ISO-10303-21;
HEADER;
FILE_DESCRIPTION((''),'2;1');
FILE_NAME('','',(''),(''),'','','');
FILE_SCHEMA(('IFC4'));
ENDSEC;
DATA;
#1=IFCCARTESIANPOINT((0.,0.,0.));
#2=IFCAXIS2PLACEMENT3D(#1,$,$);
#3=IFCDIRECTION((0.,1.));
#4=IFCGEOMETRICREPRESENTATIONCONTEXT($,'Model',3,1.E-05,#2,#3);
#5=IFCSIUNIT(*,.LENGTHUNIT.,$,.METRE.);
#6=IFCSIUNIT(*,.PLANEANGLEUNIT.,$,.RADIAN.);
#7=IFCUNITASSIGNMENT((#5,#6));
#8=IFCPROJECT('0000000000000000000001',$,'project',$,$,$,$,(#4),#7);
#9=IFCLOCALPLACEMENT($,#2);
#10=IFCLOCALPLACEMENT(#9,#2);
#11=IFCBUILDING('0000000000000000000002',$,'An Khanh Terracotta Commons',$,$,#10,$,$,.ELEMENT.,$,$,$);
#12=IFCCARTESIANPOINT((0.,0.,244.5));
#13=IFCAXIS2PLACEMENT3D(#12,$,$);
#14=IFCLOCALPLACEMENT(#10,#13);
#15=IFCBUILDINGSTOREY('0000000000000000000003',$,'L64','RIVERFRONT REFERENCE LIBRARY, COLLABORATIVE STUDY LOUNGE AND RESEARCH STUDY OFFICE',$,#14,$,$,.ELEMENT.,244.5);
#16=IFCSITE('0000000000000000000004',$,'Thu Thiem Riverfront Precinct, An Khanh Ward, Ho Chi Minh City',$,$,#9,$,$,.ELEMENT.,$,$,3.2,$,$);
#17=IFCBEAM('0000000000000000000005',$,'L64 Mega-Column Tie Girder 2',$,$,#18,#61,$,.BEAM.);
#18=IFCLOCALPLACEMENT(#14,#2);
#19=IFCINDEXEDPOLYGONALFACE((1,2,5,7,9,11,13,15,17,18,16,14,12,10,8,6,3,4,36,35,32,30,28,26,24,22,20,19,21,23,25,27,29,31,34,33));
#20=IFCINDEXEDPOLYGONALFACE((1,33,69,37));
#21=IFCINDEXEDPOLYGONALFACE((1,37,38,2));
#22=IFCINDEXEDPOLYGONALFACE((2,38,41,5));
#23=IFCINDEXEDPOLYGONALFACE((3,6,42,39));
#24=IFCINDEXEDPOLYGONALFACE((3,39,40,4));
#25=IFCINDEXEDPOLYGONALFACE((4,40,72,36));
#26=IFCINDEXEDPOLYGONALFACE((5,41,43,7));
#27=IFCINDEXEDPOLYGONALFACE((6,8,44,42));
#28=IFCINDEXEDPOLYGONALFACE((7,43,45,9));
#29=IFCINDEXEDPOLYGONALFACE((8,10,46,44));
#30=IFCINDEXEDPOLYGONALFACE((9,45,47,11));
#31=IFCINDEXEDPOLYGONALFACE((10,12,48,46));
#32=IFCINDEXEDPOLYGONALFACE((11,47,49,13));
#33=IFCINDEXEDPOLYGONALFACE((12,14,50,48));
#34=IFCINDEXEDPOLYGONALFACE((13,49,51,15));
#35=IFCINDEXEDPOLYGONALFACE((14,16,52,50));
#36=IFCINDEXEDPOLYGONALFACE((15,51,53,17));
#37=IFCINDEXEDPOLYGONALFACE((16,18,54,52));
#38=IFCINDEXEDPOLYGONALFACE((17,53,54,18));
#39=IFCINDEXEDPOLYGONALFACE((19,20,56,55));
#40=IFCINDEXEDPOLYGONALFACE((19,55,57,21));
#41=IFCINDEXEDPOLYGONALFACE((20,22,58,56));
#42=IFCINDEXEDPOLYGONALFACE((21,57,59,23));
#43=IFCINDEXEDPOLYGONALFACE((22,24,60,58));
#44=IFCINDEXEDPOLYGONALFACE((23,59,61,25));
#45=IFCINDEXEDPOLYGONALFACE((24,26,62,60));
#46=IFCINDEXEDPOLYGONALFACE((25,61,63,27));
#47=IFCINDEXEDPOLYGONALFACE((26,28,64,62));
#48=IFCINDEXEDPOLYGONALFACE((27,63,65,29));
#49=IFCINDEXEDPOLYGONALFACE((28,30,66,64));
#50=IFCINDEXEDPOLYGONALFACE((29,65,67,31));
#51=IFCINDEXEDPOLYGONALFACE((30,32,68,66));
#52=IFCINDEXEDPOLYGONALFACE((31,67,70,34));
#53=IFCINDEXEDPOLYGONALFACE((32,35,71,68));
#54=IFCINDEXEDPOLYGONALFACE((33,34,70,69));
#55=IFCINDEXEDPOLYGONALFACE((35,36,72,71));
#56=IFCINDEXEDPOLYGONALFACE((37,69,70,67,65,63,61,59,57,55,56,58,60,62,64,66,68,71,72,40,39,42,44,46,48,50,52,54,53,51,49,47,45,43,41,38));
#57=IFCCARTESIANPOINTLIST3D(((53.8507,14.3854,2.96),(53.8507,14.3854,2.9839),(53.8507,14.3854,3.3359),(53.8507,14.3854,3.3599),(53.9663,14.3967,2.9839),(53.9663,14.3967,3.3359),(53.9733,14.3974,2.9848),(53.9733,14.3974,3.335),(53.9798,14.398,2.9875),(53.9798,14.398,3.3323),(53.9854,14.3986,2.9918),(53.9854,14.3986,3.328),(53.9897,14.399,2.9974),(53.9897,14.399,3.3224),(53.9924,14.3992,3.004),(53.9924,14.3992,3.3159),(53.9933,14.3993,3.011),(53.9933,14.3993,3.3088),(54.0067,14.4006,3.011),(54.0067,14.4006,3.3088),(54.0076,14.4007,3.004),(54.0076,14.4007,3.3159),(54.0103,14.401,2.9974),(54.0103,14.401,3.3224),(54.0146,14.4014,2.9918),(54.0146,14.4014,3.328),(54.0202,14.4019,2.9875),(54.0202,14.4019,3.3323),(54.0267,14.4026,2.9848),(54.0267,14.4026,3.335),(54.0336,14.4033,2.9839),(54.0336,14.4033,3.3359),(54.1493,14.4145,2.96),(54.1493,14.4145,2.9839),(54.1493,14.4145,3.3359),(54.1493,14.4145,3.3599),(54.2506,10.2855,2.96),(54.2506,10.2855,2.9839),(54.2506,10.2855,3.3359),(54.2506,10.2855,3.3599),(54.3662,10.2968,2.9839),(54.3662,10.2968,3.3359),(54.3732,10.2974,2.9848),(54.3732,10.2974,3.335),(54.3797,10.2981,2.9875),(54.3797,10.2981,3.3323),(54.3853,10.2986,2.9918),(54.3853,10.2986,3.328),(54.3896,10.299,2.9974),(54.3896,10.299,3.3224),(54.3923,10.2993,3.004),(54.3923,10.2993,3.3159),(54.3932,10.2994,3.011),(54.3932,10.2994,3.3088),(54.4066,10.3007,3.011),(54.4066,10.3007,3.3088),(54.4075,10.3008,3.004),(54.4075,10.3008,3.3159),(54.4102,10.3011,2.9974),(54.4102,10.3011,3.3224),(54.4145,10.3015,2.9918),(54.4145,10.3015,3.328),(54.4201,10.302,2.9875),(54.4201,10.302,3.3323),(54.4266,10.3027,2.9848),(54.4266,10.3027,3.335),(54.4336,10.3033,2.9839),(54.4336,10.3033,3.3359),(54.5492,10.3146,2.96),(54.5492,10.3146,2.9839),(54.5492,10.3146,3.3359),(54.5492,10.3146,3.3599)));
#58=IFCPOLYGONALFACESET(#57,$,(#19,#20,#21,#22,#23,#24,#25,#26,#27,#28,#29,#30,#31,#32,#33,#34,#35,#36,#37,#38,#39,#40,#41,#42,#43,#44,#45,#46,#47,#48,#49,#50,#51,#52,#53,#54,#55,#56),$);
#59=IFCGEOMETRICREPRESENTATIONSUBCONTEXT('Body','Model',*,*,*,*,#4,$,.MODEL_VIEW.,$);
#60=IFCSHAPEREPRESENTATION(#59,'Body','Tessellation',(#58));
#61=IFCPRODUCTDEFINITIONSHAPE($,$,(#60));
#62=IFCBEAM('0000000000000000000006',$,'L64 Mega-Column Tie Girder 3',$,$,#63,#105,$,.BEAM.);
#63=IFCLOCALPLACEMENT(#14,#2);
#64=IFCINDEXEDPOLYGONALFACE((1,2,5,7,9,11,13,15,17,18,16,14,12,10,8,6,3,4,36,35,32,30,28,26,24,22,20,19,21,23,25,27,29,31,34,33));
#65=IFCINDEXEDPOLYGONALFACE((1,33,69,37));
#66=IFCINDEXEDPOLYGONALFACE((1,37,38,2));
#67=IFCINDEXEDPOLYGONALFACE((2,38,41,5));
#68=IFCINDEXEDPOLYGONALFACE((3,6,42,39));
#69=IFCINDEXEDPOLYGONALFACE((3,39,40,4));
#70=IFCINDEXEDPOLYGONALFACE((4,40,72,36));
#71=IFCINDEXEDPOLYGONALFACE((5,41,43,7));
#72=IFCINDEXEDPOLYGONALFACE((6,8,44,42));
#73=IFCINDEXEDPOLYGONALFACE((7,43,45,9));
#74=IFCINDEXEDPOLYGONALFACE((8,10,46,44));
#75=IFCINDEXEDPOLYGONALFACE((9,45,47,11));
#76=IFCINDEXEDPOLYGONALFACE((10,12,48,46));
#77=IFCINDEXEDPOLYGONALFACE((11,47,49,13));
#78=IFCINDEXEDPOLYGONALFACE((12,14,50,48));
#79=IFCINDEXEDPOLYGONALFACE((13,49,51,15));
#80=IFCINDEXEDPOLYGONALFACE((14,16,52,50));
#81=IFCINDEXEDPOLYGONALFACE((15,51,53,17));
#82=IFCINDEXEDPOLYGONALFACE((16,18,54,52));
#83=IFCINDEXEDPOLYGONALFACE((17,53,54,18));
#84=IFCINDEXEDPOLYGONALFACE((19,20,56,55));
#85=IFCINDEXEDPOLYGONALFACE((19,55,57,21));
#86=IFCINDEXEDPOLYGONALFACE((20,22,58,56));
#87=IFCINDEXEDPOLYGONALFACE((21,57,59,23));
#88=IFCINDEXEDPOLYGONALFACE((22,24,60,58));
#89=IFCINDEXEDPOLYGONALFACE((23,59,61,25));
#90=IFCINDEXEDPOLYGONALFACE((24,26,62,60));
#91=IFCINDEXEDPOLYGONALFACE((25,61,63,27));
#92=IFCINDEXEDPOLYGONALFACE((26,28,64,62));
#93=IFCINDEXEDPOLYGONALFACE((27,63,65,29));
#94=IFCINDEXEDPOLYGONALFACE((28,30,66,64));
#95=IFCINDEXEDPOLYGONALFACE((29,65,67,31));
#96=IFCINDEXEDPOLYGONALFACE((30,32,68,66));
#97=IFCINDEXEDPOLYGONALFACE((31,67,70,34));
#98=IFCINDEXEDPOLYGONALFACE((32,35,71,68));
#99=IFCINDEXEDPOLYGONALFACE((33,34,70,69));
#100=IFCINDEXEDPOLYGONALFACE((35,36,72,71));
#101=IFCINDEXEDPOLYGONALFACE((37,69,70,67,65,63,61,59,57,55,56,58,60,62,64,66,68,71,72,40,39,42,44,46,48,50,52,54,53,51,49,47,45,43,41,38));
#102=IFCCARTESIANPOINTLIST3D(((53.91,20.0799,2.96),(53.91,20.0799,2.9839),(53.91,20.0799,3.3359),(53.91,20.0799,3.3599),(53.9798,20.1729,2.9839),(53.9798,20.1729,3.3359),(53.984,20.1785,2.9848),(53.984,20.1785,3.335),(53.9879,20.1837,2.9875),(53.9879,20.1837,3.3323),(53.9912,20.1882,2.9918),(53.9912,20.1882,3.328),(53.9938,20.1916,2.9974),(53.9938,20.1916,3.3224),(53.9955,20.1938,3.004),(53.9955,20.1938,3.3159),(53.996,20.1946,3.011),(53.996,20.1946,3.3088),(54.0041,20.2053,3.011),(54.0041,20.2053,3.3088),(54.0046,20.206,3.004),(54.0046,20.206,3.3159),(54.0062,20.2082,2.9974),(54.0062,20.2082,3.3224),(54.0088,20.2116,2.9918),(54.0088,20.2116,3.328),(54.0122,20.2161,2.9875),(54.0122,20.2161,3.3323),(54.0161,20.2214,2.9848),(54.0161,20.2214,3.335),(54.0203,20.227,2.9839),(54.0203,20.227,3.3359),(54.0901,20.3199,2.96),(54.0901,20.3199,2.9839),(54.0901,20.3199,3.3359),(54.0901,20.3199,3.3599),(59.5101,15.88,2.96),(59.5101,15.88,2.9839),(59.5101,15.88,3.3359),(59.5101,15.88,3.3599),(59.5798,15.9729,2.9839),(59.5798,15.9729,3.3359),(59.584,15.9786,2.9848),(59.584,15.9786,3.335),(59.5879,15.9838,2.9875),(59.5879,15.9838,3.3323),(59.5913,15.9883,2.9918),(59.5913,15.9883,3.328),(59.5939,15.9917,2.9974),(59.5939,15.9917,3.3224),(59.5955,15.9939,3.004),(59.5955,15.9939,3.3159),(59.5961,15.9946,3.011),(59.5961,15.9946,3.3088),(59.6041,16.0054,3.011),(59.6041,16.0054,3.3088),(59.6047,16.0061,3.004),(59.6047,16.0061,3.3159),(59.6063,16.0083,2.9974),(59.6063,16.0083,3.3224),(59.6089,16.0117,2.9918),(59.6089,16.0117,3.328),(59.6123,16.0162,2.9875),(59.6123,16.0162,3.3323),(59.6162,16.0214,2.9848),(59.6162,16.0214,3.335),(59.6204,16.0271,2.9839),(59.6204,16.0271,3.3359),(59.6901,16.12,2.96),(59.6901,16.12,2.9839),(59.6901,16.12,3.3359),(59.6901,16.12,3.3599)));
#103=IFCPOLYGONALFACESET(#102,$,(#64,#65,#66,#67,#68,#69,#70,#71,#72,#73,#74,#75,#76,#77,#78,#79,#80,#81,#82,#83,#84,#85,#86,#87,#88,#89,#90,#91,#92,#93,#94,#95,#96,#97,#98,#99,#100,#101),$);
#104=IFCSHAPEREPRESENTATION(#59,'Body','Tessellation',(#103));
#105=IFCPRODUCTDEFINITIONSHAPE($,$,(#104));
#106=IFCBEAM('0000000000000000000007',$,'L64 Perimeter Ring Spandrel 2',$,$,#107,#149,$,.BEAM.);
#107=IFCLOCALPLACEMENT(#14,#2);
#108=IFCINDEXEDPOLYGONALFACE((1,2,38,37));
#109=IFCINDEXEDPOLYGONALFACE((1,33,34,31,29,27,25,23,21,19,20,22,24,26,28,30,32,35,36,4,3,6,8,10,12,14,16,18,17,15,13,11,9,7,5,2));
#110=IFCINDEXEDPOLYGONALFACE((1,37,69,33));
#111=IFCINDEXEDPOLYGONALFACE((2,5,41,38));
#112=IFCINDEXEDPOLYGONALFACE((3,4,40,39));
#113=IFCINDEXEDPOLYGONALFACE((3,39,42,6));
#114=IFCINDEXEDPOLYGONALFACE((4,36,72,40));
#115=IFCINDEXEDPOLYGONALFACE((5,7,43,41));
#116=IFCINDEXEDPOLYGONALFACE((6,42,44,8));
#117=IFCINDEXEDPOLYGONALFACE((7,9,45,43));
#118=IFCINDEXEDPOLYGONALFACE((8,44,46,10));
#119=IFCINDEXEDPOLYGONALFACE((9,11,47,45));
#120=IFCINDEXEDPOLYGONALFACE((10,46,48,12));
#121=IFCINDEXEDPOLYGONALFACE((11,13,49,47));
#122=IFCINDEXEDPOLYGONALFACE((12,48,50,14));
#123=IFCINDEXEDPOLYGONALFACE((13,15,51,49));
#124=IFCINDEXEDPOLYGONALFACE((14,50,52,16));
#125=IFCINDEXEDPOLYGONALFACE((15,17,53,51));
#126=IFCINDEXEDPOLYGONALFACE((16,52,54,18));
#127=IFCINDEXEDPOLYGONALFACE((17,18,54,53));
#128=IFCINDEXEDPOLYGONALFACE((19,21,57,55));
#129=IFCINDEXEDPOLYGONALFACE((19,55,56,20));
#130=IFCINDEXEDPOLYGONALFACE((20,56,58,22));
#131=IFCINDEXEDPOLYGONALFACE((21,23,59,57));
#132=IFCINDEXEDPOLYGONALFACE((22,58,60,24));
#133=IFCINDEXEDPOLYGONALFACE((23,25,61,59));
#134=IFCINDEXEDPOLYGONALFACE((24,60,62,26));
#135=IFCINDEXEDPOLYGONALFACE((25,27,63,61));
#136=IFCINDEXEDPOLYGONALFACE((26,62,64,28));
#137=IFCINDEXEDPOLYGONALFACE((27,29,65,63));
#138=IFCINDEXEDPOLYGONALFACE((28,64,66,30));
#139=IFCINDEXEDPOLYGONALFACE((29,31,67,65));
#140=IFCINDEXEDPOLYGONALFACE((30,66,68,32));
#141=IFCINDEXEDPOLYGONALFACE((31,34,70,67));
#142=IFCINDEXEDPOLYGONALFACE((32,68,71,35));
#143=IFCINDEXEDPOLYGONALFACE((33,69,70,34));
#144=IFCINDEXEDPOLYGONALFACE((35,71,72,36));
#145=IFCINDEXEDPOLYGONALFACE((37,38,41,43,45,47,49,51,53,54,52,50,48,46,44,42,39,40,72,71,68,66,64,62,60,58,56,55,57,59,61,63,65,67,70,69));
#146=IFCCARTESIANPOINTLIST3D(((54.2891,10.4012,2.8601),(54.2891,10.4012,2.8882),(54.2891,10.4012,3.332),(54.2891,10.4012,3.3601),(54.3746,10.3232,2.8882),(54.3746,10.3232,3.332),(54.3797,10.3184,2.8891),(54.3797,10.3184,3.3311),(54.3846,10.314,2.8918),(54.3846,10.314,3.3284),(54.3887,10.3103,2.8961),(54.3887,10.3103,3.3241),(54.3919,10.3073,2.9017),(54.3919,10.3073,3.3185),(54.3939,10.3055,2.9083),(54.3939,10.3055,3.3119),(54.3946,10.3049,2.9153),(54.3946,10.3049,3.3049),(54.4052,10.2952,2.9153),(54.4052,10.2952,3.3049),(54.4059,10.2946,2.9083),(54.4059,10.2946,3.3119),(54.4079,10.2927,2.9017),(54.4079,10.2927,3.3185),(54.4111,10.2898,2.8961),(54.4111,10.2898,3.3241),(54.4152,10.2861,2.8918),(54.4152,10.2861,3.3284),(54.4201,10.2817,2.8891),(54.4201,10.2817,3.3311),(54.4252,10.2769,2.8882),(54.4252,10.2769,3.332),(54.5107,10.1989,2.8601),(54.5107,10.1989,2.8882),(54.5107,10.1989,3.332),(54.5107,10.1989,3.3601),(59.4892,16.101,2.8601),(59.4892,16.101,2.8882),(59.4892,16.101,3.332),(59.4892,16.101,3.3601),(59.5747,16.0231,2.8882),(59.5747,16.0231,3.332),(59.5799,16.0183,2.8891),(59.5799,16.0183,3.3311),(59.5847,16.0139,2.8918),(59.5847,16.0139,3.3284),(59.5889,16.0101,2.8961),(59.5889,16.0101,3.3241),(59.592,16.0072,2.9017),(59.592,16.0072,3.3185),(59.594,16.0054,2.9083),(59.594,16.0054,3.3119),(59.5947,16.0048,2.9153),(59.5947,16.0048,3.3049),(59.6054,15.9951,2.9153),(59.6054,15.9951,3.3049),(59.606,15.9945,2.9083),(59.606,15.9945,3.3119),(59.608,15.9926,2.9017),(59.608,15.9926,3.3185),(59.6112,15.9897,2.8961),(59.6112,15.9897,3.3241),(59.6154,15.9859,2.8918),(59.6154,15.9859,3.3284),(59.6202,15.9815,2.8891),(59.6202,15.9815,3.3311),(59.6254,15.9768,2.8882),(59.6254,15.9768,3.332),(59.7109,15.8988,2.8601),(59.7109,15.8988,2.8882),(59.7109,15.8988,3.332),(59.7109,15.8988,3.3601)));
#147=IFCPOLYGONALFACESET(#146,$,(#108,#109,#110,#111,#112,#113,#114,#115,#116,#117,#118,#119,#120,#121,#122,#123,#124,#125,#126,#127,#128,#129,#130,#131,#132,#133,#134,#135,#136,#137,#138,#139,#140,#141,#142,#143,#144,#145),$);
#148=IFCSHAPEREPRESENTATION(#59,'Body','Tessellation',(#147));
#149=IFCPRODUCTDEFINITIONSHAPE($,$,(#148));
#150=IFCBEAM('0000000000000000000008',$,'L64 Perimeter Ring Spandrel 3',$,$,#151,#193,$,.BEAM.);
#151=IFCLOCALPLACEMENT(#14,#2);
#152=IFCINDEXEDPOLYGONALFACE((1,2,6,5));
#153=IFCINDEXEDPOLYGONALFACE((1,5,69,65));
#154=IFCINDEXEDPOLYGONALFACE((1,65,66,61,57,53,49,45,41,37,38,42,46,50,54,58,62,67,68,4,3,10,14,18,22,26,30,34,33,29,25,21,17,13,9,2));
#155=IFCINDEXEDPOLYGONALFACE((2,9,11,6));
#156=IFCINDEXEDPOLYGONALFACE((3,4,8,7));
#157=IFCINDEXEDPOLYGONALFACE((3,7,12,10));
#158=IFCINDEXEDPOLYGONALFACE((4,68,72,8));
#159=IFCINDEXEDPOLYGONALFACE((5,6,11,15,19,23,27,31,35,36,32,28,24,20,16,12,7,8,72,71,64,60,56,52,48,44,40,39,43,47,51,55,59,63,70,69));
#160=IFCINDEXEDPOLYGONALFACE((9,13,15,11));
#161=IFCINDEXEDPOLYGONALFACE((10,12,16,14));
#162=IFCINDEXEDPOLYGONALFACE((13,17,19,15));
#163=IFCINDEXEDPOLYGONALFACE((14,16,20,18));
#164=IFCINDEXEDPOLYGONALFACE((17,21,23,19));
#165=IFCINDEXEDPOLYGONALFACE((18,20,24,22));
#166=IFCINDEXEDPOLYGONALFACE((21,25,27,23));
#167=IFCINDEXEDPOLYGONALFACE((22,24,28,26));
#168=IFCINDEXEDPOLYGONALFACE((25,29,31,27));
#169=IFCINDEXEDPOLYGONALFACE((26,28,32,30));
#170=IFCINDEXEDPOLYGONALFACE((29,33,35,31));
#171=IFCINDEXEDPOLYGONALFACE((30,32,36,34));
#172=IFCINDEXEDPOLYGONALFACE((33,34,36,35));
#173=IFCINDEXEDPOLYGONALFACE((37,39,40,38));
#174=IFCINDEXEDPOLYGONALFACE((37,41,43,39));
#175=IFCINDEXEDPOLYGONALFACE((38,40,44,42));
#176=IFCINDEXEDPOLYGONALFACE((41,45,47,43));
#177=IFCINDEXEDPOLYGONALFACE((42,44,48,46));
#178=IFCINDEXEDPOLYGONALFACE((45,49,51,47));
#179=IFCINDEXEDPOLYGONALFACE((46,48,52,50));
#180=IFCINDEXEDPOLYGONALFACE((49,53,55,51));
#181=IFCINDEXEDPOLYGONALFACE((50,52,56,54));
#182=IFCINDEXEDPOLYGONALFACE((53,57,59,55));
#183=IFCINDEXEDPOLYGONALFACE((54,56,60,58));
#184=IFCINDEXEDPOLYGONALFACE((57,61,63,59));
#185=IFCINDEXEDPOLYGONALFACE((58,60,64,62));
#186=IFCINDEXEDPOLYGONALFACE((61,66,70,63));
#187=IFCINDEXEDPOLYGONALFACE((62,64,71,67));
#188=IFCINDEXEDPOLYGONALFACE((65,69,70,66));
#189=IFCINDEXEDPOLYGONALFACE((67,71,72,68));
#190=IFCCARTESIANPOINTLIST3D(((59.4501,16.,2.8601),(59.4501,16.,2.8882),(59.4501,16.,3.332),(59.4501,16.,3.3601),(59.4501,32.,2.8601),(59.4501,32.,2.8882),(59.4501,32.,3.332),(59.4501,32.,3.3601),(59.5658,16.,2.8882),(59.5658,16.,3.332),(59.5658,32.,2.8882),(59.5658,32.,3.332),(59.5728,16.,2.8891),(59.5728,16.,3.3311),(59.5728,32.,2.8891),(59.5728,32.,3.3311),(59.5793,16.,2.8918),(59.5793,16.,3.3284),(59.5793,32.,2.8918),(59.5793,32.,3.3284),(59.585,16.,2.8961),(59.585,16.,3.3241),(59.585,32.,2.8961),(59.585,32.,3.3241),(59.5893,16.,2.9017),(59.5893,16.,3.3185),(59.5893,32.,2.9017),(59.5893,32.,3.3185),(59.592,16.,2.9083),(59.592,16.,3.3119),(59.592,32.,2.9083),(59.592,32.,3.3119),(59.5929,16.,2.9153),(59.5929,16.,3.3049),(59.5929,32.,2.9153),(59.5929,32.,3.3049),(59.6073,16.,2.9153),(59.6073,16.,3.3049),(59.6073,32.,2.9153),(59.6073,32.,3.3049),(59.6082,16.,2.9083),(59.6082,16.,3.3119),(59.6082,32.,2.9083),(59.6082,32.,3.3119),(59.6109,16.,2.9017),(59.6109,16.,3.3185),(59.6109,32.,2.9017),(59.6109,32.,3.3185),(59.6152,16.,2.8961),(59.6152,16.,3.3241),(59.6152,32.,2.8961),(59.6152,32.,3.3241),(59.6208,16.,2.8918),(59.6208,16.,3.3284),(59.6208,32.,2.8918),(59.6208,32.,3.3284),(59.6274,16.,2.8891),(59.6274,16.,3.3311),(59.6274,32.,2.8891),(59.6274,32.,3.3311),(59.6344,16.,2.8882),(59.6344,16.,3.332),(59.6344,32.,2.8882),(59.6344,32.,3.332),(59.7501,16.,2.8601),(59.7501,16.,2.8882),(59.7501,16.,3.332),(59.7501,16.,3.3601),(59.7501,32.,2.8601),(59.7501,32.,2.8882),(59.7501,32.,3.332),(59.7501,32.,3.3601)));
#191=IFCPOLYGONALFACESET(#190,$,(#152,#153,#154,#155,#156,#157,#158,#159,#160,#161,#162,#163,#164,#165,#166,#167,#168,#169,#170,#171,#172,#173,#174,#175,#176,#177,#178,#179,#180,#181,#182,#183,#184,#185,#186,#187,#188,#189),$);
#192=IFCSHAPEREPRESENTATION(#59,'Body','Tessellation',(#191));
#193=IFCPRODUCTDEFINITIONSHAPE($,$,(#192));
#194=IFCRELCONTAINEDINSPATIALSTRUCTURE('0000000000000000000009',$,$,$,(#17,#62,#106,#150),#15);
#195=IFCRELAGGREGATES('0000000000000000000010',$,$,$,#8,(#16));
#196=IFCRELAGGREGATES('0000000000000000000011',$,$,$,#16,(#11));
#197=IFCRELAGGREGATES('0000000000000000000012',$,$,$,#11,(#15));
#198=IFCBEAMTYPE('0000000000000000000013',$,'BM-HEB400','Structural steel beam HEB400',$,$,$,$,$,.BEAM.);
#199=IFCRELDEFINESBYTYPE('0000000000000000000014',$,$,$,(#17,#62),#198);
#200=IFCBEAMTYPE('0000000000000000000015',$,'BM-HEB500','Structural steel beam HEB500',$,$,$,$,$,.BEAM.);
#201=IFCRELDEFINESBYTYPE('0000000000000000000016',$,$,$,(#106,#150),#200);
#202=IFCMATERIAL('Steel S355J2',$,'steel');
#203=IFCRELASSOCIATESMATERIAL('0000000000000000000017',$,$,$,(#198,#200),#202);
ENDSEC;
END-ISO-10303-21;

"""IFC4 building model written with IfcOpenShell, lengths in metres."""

from ifc_helpers import new_model, si_unit, direction, frame, origin, origin_2d, place, context, subcontext, project, spatial, i_section, extrude, material, material_profile, profile_set, type_object, element, save


model = new_model("IFC4")

# Units and contexts
model_context = context("Model", 3, precision=1e-05, world=origin(), true_north=direction((0.0, 1.0)))
body_context = subcontext(model_context, "Body", "Model", "MODEL_VIEW")
ifc_project = project(units=[si_unit("LENGTHUNIT", "METRE"), si_unit("PLANEANGLEUNIT", "RADIAN")], contexts=[model_context])

# Site, building, storey
site_placement = place(None, origin())
site = spatial("IfcSite", under=ifc_project, at=site_placement, Name="Thu Thiem Riverfront Precinct, An Khanh Ward, Ho Chi Minh City", CompositionType="ELEMENT", RefElevation=3.2)
building_placement = place(site_placement, origin())
building = spatial("IfcBuilding", under=site, at=building_placement, Name="An Khanh Terracotta Commons", CompositionType="ELEMENT")
storey_placement = place(building_placement, frame((0.0, 0.0, 244.5)))
storey = spatial("IfcBuildingStorey", under=building, at=storey_placement, Name="L64", Description="RIVERFRONT REFERENCE LIBRARY, COLLABORATIVE STUDY LOUNGE AND RESEARCH STUDY OFFICE", CompositionType="ELEMENT", Elevation=244.5)

# Beams
ifc_material_1 = material(Name="Steel S355J2", Category="steel")
ifc_material_profile_1 = material_profile(ifc_material_1, i_section(OverallWidth=0.3, OverallDepth=0.3999, WebThickness=0.0134, FlangeThickness=0.0239, FilletRadius=0.0271, at=origin_2d()), Name="HEB400")
ifc_profile_set_1 = profile_set([ifc_material_profile_1], Name="Steel S355J2")
beam_type_1 = type_object("IfcBeamType", Name="BM-HEB400", Description="Structural steel beam HEB400", PredefinedType="BEAM", material=ifc_profile_set_1)
beam_1_placement = place(storey_placement, frame((54.3999, 10.3, 3.1599), z_axis=(-0.09708, 0.995277, 0.0), x_axis=(-0.995277, -0.09708, 0.0)))
element("IfcBeam", 1, at=beam_1_placement, inside=storey, type_object=beam_type_1, Name="L64 Mega-Column Tie Girder 2", PredefinedType="BEAM", context=body_context, shape_type="SweptSolid", body=[
    extrude(i_section(OverallWidth=0.3, OverallDepth=0.3999, WebThickness=0.0134, FlangeThickness=0.0239, FilletRadius=0.0271, at=origin_2d()), origin(), (0.0, 0.0, 1.0), 4.1194),
])
beam_2_placement = place(storey_placement, frame((59.6001, 16.0, 3.1599), z_axis=(-0.800008, 0.599989, 0.0), x_axis=(-0.599989, -0.800008, 0.0)))
element("IfcBeam", 2, at=beam_2_placement, inside=storey, type_object=beam_type_1, Name="L64 Mega-Column Tie Girder 3", PredefinedType="BEAM", context=body_context, shape_type="SweptSolid", body=[
    extrude(i_section(OverallWidth=0.3, OverallDepth=0.3999, WebThickness=0.0134, FlangeThickness=0.0239, FilletRadius=0.0271, at=origin_2d()), origin(), (0.0, 0.0, 1.0), 7.0),
])
ifc_material_profile_2 = material_profile(ifc_material_1, i_section(OverallWidth=0.3, OverallDepth=0.5, WebThickness=0.0144, FlangeThickness=0.0281, FilletRadius=0.0271, at=origin_2d()), Name="HEB500")
ifc_profile_set_2 = profile_set([ifc_material_profile_2], Name="Steel S355J2")
beam_type_2 = type_object("IfcBeamType", Name="BM-HEB500", Description="Structural steel beam HEB500", PredefinedType="BEAM", material=ifc_profile_set_2)
beam_3_placement = place(storey_placement, frame((54.3999, 10.3, 3.1101), z_axis=(0.673979, 0.738751, 0.0), x_axis=(-0.738751, 0.673979, 0.0)))
element("IfcBeam", 3, at=beam_3_placement, inside=storey, type_object=beam_type_2, Name="L64 Perimeter Ring Spandrel 2", PredefinedType="BEAM", context=body_context, shape_type="SweptSolid", body=[
    extrude(i_section(OverallWidth=0.3, OverallDepth=0.5, WebThickness=0.0144, FlangeThickness=0.0281, FilletRadius=0.0271, at=origin_2d()), origin(), (0.0, 0.0, 1.0), 7.7156),
])
beam_4_placement = place(storey_placement, frame((59.6001, 16.0, 3.1101), z_axis=(0.0, 1.0, 0.0), x_axis=(-1.0, 0.0, 0.0)))
element("IfcBeam", 4, at=beam_4_placement, inside=storey, type_object=beam_type_2, Name="L64 Perimeter Ring Spandrel 3", PredefinedType="BEAM", context=body_context, shape_type="SweptSolid", body=[
    extrude(i_section(OverallWidth=0.3, OverallDepth=0.5, WebThickness=0.0144, FlangeThickness=0.0281, FilletRadius=0.0271, at=origin_2d()), origin(), (0.0, 0.0, 1.0), 16.0),
])

save(model, "model.ifc")
